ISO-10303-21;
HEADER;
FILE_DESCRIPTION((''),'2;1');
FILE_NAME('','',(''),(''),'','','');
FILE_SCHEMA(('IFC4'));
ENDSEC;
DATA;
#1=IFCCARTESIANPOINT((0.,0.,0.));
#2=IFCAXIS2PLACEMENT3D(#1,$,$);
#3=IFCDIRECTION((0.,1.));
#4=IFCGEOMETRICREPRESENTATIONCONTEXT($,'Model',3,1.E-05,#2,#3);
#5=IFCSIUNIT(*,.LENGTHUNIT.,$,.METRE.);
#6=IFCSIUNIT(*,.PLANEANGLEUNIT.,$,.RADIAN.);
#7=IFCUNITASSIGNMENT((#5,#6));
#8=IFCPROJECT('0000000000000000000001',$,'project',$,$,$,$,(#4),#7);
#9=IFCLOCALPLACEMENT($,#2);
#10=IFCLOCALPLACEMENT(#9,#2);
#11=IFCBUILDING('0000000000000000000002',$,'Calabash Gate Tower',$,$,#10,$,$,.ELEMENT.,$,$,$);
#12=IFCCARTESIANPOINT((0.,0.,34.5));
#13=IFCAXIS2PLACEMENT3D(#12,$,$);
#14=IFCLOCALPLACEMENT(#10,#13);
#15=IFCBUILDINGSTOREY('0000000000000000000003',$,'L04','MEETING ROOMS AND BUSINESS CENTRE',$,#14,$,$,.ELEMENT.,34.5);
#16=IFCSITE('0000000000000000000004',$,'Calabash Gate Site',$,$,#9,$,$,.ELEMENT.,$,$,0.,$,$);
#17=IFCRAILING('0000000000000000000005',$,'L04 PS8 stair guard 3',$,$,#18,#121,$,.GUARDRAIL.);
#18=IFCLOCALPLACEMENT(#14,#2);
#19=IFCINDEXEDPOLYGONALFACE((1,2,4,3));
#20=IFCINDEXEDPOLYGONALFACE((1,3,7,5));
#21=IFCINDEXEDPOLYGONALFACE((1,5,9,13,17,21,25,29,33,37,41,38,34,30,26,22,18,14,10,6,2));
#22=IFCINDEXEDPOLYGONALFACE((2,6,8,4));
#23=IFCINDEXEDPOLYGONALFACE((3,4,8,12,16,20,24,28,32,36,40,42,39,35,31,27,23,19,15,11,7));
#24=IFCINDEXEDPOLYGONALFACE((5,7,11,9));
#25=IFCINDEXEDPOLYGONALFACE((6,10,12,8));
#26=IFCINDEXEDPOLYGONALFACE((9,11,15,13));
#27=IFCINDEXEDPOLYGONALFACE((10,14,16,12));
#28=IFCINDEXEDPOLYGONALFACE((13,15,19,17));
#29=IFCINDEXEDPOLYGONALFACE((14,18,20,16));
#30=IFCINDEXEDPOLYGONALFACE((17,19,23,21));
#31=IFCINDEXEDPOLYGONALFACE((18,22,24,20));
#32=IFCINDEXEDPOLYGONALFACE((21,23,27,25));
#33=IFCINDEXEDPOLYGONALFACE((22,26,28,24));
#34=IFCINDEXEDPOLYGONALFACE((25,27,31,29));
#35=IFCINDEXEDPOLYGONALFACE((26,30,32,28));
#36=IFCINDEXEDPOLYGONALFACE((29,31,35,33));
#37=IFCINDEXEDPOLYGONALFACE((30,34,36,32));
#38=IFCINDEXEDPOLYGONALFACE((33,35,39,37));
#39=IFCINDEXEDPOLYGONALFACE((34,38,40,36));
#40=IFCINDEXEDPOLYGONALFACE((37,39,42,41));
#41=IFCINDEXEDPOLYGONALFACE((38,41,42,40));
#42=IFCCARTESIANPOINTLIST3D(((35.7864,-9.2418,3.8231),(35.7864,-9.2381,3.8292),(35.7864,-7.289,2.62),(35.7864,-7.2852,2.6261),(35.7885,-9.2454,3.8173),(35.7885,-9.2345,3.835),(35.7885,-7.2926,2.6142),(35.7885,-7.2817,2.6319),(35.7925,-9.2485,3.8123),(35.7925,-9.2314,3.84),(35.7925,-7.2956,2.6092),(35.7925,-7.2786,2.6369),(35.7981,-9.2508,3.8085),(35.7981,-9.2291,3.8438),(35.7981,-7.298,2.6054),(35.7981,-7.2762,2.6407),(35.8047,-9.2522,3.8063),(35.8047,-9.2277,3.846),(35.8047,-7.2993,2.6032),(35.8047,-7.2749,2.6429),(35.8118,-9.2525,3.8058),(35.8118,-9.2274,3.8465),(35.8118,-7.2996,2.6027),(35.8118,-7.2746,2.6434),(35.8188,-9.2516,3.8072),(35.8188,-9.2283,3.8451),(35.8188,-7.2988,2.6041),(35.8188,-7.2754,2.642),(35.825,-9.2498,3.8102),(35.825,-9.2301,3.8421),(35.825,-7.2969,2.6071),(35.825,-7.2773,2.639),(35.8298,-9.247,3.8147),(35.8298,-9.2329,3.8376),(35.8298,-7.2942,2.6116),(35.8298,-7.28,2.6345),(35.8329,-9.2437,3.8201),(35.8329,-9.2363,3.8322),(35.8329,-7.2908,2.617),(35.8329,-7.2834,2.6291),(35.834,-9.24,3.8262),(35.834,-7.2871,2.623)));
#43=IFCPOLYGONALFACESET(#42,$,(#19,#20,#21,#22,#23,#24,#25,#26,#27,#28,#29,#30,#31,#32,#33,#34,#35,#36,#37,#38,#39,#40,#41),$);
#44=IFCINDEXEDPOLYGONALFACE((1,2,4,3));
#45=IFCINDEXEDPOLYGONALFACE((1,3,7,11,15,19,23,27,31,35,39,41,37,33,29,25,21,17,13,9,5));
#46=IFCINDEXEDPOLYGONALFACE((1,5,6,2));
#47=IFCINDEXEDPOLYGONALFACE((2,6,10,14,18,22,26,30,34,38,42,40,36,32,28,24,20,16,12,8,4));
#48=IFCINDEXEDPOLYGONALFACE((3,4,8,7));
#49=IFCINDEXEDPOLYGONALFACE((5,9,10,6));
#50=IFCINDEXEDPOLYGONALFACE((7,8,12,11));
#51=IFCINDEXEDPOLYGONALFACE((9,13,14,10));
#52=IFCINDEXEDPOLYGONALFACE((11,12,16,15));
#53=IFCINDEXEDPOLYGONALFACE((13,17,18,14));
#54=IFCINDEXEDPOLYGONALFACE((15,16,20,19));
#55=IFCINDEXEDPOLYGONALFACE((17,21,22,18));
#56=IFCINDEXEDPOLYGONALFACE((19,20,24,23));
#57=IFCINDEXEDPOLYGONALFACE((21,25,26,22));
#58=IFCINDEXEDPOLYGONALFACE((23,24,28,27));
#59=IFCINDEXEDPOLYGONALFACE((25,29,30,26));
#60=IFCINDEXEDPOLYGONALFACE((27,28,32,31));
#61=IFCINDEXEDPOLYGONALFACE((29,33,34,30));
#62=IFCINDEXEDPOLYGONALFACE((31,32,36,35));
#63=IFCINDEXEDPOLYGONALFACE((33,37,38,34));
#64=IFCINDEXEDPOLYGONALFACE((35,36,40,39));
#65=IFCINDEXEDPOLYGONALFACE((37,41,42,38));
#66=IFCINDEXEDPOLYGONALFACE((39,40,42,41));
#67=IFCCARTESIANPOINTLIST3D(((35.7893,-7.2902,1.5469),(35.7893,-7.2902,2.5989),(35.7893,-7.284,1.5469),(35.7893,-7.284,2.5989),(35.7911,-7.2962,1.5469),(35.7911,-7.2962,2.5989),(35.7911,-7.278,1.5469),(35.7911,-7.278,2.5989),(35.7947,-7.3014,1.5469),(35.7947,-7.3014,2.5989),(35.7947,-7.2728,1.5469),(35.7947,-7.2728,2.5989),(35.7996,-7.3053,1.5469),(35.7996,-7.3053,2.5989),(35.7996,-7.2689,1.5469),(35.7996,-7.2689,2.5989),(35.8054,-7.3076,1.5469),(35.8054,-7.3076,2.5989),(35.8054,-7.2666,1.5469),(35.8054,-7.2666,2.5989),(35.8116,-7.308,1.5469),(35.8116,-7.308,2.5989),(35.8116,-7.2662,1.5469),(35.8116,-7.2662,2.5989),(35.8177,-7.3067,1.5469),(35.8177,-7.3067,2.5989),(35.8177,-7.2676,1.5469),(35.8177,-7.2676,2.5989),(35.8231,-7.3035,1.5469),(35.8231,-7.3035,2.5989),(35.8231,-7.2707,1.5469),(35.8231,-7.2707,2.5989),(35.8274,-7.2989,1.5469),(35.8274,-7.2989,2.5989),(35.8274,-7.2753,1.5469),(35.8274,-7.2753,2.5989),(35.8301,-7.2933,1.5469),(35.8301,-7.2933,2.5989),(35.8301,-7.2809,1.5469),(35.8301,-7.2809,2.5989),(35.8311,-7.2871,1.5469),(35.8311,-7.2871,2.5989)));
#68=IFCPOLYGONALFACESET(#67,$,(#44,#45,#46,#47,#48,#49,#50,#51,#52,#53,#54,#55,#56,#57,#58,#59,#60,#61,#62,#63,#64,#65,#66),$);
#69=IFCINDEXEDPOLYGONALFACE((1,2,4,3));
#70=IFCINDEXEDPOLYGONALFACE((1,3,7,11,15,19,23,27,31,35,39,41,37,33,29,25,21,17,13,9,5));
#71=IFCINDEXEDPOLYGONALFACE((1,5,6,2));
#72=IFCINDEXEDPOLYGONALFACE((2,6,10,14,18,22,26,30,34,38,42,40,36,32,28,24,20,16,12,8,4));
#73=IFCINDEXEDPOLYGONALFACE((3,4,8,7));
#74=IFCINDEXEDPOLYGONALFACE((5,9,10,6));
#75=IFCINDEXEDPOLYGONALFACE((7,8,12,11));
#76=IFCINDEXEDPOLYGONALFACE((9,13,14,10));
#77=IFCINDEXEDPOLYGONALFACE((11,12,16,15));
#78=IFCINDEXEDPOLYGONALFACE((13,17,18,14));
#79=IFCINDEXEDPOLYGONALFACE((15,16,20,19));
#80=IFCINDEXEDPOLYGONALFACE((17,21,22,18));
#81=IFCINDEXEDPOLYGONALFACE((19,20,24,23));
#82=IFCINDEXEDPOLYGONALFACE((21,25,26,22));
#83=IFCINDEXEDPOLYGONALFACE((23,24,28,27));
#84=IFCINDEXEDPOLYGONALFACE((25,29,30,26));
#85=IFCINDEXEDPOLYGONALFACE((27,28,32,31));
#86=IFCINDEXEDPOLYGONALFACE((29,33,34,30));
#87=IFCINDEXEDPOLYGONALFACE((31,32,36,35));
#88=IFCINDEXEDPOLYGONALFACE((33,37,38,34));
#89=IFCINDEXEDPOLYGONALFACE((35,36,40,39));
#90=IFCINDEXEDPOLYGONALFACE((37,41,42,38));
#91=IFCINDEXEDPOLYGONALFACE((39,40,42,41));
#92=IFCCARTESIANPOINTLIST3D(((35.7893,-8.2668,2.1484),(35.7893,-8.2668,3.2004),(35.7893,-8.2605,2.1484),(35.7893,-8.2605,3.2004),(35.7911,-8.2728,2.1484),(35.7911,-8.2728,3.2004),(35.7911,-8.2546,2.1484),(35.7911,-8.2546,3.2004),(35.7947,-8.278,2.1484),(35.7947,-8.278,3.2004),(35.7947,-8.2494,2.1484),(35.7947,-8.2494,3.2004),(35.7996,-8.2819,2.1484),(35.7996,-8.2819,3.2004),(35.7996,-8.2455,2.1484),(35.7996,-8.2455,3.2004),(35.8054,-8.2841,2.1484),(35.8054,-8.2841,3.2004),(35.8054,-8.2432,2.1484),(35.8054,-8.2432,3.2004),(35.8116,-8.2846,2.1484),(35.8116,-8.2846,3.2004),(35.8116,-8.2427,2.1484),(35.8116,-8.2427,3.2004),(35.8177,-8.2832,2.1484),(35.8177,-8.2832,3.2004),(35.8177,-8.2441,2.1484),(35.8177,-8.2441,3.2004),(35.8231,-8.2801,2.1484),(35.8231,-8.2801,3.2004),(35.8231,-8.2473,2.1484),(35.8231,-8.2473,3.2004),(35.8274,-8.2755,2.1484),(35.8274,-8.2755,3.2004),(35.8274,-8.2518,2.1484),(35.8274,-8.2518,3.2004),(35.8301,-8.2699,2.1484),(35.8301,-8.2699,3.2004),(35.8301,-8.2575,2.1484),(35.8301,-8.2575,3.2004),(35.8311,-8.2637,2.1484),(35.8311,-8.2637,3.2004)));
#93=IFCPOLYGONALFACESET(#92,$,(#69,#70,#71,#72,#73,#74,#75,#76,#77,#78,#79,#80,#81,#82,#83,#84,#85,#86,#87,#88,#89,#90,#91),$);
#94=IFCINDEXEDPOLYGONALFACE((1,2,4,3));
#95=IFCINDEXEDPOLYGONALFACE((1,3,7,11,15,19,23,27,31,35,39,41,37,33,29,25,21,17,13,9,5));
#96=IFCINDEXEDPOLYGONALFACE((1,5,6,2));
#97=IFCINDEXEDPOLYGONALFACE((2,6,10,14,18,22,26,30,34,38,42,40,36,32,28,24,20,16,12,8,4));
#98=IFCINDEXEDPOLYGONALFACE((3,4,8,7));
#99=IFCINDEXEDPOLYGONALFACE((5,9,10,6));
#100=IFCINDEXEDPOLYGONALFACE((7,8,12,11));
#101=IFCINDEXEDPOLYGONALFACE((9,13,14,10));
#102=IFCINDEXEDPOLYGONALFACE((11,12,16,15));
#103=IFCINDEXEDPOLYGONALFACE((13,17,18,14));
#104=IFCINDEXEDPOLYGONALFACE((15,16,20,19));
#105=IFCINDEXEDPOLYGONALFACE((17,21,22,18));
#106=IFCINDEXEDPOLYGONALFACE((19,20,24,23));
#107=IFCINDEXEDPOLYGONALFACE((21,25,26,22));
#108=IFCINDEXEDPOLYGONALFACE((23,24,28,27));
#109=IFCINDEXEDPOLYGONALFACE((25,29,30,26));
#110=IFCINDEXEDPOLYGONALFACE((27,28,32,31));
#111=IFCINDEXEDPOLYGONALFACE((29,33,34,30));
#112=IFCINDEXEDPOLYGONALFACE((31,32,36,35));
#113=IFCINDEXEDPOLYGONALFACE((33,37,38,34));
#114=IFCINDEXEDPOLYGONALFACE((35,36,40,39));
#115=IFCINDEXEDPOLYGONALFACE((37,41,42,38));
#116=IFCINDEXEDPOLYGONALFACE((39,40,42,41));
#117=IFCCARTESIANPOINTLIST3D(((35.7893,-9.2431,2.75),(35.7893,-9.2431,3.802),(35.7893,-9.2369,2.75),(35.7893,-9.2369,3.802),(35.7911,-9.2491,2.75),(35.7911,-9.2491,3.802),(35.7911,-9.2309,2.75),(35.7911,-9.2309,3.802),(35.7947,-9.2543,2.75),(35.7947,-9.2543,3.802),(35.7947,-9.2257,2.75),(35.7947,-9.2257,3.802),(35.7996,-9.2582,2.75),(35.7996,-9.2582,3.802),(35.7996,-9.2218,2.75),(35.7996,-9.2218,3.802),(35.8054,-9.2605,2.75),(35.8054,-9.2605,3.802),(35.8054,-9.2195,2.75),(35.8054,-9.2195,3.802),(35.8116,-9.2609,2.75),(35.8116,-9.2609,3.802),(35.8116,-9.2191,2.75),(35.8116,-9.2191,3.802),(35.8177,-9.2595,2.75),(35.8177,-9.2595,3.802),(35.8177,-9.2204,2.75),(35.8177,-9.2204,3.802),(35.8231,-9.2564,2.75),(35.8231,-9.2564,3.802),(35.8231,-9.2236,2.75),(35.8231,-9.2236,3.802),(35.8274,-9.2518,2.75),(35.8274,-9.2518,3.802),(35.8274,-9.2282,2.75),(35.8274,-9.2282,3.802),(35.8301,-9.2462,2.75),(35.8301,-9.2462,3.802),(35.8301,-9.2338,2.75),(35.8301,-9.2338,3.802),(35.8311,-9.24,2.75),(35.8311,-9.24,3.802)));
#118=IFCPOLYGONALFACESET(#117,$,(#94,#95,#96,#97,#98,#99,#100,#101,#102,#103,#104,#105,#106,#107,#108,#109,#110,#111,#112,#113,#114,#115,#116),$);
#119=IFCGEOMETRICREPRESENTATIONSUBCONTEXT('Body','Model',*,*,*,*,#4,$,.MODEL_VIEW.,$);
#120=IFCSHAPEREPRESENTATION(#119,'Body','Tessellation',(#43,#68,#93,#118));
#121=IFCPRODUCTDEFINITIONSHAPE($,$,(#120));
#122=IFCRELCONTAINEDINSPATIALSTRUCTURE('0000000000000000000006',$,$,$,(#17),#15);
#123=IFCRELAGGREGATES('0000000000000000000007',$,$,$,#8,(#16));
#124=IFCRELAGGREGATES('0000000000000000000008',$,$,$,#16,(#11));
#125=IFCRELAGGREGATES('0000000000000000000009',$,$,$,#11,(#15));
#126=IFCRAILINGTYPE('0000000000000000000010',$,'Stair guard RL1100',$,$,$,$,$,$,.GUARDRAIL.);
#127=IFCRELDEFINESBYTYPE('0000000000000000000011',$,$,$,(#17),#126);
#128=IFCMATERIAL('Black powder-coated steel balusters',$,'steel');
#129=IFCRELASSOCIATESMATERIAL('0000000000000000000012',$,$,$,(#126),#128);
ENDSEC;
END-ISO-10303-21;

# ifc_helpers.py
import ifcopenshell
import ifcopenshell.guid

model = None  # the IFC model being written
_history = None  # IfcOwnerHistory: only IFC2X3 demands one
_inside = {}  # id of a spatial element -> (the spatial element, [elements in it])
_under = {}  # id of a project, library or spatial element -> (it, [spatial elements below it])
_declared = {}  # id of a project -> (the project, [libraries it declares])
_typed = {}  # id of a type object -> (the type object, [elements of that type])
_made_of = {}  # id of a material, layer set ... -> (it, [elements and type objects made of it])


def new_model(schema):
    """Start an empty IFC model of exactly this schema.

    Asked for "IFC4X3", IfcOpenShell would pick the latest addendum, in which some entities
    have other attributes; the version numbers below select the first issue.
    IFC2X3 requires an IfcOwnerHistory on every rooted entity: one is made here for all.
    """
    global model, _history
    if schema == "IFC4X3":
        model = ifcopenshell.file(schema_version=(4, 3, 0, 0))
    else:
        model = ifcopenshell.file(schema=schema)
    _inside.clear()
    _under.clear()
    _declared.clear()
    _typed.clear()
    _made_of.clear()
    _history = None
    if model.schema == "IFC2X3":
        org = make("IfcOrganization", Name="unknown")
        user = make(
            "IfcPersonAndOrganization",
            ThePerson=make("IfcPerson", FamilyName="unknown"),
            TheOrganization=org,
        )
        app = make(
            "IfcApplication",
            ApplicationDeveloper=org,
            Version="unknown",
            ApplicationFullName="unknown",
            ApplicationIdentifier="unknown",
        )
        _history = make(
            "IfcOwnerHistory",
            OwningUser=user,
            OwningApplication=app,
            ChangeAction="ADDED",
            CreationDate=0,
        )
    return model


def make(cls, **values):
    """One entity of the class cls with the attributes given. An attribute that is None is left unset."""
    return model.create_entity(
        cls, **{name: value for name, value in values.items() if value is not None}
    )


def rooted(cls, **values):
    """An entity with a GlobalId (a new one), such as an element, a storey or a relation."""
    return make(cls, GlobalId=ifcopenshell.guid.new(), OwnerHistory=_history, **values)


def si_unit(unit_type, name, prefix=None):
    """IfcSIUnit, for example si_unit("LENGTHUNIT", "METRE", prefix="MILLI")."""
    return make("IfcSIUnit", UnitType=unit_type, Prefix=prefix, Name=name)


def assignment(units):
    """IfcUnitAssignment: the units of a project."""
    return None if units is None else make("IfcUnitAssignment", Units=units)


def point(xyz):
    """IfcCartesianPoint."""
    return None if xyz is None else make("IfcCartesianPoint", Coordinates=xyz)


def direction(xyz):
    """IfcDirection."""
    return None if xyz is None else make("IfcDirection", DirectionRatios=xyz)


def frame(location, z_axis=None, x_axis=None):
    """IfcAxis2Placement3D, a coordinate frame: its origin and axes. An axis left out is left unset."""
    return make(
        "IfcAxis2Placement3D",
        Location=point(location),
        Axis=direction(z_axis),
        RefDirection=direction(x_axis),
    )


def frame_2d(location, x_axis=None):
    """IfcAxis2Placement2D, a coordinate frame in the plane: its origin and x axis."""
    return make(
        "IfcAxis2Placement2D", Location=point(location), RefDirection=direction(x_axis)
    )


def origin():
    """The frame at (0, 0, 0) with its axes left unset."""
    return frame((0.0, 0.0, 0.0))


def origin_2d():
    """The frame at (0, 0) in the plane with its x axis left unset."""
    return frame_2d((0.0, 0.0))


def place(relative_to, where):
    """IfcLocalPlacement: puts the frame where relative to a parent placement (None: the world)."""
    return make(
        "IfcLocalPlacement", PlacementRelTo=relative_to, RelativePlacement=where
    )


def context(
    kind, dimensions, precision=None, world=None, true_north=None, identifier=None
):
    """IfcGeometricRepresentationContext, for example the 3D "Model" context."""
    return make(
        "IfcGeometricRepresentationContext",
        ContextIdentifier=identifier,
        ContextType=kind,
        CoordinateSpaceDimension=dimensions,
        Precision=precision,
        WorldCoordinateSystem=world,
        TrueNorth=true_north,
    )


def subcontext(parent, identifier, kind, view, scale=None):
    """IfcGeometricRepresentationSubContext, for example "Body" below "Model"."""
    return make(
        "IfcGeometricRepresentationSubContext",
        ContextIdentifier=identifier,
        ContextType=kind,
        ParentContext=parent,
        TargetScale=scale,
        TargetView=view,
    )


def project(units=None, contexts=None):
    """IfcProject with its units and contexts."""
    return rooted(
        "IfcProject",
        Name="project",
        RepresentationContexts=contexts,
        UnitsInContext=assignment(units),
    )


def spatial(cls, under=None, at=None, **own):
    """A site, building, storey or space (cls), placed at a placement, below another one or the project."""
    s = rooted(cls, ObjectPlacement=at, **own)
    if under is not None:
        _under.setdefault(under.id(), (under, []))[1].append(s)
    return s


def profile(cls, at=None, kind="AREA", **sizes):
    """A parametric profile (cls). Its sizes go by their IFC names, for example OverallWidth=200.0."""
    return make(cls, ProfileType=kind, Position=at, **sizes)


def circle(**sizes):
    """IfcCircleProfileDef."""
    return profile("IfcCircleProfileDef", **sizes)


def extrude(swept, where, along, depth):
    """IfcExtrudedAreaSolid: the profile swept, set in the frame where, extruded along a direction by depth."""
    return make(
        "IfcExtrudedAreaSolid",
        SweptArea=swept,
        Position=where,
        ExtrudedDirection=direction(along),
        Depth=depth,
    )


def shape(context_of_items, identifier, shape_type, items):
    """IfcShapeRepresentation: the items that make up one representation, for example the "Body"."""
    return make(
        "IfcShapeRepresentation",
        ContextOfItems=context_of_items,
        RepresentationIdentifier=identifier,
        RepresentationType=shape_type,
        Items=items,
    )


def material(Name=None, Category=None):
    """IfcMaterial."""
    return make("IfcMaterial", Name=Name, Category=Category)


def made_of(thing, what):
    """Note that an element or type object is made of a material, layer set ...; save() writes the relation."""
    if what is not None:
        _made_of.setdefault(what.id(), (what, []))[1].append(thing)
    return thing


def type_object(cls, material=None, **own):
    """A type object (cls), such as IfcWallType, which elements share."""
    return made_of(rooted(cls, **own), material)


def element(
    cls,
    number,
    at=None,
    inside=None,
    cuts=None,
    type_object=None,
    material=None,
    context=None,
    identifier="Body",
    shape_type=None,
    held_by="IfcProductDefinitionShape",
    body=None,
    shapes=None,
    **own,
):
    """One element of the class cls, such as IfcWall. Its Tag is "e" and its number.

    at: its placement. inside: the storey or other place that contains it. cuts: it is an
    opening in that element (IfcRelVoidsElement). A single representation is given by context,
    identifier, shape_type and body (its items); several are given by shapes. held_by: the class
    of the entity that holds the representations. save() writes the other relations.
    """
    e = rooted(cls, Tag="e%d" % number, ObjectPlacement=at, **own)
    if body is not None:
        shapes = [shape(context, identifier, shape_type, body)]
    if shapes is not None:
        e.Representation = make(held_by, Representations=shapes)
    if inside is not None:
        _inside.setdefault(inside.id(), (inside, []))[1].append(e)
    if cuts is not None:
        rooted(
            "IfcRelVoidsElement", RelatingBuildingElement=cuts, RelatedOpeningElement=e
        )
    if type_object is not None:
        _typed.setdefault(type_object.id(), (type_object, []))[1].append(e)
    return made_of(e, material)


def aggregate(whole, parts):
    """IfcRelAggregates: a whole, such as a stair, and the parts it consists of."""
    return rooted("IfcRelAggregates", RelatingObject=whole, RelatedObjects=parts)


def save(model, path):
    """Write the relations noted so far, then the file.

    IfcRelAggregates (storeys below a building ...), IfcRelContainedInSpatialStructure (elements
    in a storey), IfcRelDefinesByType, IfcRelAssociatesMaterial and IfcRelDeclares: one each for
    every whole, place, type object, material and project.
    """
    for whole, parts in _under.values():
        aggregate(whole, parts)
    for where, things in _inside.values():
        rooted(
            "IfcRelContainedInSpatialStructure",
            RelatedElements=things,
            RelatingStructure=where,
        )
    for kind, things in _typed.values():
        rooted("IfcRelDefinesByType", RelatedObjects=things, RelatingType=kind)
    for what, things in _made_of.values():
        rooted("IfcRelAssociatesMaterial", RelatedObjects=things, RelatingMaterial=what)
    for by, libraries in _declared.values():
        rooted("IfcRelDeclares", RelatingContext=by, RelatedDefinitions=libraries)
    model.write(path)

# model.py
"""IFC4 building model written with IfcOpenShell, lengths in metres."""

from ifc_helpers import new_model, si_unit, direction, frame, origin, origin_2d, place, context, subcontext, project, spatial, circle, extrude, material, type_object, element, save


model = new_model("IFC4")

# Units and contexts
model_context = context("Model", 3, precision=1e-05, world=origin(), true_north=direction((0.0, 1.0)))
body_context = subcontext(model_context, "Body", "Model", "MODEL_VIEW")
ifc_project = project(units=[si_unit("LENGTHUNIT", "METRE"), si_unit("PLANEANGLEUNIT", "RADIAN")], contexts=[model_context])

# Site, building, storey
site_placement = place(None, origin())
site = spatial("IfcSite", under=ifc_project, at=site_placement, Name="Calabash Gate Site", CompositionType="ELEMENT", RefElevation=0.0)
building_placement = place(site_placement, origin())
building = spatial("IfcBuilding", under=site, at=building_placement, Name="Calabash Gate Tower", CompositionType="ELEMENT")
storey_placement = place(building_placement, frame((0.0, 0.0, 34.5)))
storey = spatial("IfcBuildingStorey", under=building, at=storey_placement, Name="L04", Description="MEETING ROOMS AND BUSINESS CENTRE", CompositionType="ELEMENT", Elevation=34.5)

# Railing
ifc_material_1 = material(Name="Black powder-coated steel balusters", Category="steel")
railing_type_1 = type_object("IfcRailingType", Name="Stair guard RL1100", PredefinedType="GUARDRAIL", material=ifc_material_1)
railing_1_placement = place(storey_placement, frame((35.8101, -7.2871, 1.5469)))
element("IfcRailing", 1, at=railing_1_placement, inside=storey, type_object=railing_type_1, Name="L04 PS8 stair guard 3", PredefinedType="GUARDRAIL", context=body_context, shape_type="SweptSolid", body=[
    extrude(circle(Radius=0.0239, at=origin_2d()), frame((0.0, 0.0, 1.0762), z_axis=(0.0, -0.851395, 0.524525), x_axis=(1.0, 0.0, 0.0)), (0.0, 0.0, 1.0), 2.2937),
    extrude(circle(Radius=0.021, at=origin_2d()), origin(), (0.0, 0.0, 1.0), 1.052),
    extrude(circle(Radius=0.021, at=origin_2d()), frame((0.0, -0.9766, 0.6016)), (0.0, 0.0, 1.0), 1.052),
    extrude(circle(Radius=0.021, at=origin_2d()), frame((0.0, -1.9529, 1.2031)), (0.0, 0.0, 1.0), 1.052),
])

save(model, "model.ifc")
